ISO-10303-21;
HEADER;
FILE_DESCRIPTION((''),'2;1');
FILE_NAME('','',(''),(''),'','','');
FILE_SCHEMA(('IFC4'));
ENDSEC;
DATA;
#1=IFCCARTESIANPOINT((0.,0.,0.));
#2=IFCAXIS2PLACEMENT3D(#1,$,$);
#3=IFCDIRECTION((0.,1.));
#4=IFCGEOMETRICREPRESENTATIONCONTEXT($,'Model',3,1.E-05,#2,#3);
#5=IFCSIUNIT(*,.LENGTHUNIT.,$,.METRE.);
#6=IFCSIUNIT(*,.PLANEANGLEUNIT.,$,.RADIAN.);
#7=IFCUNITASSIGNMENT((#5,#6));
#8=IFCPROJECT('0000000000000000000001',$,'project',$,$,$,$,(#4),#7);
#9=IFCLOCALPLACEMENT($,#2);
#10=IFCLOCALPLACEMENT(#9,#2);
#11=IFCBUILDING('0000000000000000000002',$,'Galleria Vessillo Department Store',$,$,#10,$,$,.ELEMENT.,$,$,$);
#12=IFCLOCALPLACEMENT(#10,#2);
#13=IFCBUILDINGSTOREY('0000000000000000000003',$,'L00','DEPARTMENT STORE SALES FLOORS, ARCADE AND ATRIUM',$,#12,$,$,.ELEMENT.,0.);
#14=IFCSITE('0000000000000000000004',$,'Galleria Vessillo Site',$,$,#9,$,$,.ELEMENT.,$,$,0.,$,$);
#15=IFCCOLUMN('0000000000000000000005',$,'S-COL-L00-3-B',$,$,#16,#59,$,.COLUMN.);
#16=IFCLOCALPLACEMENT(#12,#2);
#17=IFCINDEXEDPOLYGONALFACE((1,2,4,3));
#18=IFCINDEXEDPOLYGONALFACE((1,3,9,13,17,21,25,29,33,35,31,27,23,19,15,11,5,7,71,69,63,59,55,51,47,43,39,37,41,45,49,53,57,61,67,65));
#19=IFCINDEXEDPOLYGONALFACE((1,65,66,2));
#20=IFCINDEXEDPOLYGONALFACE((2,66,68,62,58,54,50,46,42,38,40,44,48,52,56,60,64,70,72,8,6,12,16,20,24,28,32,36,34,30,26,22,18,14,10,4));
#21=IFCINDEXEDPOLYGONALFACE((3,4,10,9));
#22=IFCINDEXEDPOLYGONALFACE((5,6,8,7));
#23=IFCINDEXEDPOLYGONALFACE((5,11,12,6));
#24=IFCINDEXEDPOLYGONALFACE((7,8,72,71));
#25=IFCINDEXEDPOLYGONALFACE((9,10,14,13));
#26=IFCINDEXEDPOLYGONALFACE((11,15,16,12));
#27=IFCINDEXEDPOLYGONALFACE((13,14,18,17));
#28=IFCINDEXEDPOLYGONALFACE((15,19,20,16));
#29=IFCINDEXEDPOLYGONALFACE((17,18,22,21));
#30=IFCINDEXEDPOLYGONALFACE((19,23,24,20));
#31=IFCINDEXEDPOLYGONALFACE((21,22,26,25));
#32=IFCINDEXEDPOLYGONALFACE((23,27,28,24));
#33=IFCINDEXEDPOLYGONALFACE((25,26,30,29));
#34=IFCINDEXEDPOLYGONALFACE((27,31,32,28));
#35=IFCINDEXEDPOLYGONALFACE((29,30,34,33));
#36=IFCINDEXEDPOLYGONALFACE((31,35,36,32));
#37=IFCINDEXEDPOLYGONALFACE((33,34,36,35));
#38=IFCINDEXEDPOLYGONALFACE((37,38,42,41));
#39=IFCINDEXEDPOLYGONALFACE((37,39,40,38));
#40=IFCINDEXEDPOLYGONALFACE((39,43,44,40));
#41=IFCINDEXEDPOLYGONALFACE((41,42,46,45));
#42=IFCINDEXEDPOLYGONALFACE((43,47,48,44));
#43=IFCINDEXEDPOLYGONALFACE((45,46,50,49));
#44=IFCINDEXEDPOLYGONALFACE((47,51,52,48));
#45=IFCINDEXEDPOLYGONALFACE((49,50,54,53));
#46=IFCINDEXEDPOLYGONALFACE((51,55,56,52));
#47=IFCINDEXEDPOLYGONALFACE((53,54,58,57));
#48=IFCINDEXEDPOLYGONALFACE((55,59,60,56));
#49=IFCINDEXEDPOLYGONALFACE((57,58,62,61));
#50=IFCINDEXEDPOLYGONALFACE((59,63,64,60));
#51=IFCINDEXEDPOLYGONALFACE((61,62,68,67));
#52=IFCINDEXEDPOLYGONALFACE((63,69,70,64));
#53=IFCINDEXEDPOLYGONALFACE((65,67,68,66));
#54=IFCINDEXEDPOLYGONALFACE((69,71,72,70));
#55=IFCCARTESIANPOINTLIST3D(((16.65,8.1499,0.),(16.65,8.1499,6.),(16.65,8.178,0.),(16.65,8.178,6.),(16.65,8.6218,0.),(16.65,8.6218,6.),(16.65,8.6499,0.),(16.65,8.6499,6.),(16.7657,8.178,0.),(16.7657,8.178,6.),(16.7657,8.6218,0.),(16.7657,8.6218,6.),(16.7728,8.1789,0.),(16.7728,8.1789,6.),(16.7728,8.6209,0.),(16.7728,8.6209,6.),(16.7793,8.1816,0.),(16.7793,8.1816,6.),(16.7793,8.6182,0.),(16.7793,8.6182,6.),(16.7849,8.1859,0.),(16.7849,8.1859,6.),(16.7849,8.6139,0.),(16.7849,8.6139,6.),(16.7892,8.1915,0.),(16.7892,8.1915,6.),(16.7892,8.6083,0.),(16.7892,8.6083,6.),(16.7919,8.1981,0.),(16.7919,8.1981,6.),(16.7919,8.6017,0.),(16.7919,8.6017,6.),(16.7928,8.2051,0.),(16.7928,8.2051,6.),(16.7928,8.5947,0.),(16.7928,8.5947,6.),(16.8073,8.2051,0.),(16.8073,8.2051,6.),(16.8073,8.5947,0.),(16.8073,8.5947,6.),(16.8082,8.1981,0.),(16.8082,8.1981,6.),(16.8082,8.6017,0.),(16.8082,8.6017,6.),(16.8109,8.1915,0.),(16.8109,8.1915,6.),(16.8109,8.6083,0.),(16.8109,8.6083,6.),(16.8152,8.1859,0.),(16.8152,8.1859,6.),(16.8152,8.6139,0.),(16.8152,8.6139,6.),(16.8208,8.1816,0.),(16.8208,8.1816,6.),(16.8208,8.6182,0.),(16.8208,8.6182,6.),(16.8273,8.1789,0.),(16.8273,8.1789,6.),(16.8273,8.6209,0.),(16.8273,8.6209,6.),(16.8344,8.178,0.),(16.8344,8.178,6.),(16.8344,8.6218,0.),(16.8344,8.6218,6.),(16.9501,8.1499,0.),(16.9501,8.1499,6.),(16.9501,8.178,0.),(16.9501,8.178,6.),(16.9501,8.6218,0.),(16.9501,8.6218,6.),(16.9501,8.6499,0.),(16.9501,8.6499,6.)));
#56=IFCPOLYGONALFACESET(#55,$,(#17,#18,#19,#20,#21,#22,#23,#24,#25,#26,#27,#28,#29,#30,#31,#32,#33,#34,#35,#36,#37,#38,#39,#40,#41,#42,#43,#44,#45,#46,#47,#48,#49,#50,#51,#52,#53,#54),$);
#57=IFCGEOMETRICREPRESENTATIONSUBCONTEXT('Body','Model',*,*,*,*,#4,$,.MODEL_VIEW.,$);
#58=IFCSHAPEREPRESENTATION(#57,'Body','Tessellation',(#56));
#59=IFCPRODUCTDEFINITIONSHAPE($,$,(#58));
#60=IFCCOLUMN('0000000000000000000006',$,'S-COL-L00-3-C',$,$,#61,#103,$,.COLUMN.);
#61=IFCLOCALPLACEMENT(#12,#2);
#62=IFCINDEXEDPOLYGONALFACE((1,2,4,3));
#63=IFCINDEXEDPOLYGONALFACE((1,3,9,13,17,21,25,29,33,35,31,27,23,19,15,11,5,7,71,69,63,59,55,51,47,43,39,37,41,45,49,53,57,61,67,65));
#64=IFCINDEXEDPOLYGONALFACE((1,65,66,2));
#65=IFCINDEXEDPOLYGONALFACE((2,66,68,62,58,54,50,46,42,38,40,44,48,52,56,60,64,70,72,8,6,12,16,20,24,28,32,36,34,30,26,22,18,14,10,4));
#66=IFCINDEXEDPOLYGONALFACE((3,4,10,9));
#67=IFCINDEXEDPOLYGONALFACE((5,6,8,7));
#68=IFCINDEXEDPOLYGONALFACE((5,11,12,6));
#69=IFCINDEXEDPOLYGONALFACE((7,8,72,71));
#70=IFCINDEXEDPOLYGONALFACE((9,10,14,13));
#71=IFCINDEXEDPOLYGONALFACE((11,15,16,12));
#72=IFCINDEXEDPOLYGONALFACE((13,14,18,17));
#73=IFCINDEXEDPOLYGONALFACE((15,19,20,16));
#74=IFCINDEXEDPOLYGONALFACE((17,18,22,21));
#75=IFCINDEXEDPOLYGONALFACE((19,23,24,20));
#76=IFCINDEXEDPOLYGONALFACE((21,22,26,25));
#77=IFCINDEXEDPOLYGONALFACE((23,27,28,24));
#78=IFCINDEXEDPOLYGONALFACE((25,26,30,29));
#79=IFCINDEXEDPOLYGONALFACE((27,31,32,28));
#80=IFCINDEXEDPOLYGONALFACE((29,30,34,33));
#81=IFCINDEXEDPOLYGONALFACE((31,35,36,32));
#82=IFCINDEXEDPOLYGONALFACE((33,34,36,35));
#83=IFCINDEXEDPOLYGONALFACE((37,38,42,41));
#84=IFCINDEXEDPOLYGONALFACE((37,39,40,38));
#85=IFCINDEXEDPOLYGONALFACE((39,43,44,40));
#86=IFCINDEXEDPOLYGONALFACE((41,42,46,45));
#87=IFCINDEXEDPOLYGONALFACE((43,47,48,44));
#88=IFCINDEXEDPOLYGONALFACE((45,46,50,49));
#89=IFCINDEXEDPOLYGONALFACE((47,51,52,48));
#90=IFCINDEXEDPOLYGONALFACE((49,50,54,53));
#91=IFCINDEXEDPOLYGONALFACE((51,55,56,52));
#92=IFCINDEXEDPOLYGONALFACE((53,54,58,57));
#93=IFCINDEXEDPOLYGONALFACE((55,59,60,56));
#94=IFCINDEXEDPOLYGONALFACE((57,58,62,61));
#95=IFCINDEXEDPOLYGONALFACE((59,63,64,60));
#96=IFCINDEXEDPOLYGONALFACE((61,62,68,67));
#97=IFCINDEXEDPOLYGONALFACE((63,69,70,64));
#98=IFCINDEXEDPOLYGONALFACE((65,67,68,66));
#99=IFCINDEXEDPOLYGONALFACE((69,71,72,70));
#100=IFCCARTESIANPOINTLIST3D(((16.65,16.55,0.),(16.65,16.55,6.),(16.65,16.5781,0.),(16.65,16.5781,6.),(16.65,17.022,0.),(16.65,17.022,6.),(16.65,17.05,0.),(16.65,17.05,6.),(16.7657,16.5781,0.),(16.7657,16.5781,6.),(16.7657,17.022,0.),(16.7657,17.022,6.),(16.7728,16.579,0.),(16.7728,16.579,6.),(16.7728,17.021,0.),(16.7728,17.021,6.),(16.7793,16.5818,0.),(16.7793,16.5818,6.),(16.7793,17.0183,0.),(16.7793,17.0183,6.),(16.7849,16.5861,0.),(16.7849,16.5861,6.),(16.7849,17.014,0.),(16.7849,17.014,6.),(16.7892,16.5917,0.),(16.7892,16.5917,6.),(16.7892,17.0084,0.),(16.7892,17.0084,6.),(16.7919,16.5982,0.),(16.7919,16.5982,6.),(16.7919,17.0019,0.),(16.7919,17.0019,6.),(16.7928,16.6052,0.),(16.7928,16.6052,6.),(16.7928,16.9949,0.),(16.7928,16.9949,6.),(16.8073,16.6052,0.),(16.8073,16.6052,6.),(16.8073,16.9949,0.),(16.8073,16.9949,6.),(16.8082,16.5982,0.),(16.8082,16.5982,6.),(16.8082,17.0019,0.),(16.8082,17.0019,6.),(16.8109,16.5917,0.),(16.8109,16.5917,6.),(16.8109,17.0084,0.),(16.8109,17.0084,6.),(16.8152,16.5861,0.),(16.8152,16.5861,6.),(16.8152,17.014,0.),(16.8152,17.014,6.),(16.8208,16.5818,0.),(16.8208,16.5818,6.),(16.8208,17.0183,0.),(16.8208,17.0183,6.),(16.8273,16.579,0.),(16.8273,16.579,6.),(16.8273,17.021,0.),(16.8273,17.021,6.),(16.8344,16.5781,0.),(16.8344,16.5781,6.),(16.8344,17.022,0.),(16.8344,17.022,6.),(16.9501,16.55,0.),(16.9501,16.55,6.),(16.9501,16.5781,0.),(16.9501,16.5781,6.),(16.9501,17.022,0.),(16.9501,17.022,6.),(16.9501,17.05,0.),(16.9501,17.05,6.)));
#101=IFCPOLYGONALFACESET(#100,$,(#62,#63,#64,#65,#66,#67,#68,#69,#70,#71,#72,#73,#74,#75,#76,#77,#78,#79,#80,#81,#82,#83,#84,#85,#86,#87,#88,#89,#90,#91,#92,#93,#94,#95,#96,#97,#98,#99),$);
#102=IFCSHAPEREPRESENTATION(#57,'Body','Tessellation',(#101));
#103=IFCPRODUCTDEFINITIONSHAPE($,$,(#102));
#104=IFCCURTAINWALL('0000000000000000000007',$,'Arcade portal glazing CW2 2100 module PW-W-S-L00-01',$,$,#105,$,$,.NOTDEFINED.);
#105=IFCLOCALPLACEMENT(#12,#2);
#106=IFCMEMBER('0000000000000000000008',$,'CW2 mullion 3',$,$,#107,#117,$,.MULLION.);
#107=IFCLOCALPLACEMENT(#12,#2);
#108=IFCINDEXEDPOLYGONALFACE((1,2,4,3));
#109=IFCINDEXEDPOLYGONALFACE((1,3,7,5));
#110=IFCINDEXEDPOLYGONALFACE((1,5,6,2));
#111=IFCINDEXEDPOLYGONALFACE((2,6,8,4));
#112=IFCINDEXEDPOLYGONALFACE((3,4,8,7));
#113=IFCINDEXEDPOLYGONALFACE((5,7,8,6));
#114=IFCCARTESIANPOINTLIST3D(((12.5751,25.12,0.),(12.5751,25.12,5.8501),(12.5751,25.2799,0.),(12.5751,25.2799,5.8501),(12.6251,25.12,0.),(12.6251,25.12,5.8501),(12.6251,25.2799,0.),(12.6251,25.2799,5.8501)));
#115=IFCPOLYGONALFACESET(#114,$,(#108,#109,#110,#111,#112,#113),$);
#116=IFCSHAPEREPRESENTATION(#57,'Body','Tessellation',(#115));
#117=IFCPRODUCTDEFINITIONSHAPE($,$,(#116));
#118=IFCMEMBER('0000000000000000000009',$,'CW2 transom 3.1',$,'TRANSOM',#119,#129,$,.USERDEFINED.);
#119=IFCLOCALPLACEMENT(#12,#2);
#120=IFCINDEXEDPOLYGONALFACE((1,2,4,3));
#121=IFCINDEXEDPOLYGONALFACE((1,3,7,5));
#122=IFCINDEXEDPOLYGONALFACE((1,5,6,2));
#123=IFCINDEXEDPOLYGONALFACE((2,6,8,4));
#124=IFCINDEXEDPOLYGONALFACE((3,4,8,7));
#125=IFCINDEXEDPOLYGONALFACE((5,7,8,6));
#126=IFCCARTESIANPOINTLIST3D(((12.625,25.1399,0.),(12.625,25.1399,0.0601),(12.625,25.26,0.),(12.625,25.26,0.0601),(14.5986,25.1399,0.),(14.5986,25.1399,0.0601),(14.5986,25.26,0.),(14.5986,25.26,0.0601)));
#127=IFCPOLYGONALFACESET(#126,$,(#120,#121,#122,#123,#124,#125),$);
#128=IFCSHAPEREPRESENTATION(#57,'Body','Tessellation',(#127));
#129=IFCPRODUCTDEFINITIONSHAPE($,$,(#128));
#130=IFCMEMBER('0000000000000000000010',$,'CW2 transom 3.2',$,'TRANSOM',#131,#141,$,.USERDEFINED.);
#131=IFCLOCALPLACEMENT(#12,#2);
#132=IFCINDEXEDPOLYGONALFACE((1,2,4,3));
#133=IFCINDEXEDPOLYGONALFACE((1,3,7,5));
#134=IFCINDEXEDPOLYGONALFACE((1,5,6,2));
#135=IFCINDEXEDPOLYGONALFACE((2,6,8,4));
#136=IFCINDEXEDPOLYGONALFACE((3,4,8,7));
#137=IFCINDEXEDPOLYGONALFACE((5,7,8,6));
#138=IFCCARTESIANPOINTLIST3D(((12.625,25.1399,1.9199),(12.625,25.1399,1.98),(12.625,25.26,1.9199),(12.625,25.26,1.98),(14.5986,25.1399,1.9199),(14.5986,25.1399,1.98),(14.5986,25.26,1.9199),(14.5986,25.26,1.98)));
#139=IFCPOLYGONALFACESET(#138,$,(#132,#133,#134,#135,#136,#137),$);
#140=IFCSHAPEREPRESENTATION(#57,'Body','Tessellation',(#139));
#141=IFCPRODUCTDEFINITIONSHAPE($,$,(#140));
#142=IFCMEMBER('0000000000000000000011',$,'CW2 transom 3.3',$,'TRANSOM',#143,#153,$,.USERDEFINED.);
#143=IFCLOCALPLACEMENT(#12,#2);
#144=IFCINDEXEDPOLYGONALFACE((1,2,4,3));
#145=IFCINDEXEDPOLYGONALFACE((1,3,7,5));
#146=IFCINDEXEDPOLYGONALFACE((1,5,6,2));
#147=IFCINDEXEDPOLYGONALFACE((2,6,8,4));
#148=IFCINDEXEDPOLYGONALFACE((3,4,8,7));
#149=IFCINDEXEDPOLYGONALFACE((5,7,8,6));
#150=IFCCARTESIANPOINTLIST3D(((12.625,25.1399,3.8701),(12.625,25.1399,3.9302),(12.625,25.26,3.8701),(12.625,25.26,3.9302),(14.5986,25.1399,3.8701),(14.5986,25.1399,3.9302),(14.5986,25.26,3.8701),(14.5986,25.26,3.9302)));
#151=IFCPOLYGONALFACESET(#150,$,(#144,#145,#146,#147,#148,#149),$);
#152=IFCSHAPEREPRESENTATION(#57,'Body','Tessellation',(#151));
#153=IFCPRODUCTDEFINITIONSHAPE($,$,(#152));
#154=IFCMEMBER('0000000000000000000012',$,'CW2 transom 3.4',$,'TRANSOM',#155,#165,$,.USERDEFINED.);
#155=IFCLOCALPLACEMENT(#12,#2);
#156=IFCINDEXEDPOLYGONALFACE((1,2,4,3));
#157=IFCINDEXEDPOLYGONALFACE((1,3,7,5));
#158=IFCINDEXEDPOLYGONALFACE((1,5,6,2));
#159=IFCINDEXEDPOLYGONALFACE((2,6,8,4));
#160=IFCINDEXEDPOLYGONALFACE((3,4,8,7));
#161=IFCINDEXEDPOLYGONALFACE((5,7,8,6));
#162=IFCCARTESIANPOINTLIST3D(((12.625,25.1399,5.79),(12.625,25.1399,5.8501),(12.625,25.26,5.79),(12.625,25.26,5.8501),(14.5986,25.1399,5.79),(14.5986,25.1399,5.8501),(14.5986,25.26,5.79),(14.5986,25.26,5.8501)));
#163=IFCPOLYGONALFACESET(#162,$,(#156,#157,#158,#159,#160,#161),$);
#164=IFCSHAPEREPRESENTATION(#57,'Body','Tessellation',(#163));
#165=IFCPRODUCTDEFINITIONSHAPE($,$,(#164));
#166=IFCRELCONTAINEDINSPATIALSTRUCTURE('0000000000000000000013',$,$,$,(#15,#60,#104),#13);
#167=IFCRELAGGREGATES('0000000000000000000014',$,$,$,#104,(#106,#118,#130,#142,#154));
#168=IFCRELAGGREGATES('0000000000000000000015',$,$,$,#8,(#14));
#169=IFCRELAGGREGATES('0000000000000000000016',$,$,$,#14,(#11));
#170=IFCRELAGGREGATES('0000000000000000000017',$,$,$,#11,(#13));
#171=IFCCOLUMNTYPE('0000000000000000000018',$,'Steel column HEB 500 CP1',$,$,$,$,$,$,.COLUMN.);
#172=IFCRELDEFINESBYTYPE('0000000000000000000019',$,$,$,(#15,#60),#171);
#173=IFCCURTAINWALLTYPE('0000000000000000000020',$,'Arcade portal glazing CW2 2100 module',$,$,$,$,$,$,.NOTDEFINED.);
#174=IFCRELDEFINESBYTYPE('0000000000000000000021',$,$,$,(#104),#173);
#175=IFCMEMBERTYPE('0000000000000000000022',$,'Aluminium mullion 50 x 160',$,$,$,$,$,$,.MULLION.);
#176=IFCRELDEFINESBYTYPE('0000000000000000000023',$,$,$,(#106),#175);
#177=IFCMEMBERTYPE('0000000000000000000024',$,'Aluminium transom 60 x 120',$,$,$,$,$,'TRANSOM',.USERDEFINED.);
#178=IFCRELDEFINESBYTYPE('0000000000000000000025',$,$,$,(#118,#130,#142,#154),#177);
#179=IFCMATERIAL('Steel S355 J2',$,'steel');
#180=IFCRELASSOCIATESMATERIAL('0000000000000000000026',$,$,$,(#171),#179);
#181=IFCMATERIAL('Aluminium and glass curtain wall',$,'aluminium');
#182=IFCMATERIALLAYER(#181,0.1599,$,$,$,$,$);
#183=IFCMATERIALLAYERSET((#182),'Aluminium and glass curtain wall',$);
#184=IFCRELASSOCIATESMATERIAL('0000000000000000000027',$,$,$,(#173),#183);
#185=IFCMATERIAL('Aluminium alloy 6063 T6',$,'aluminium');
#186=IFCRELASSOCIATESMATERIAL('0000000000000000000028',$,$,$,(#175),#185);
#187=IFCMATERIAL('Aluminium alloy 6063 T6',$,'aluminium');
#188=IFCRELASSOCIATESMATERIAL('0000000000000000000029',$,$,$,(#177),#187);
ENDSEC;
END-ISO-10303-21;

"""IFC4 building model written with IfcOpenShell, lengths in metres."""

from ifc_helpers import new_model, si_unit, direction, frame, origin, origin_2d, place, context, subcontext, project, spatial, rectangle, i_section, extrude, material, layer, layer_set, material_profile, profile_set, type_object, element, aggregate, save


model = new_model("IFC4")

# Units and contexts
model_context = context("Model", 3, precision=1e-05, world=origin(), true_north=direction((0.0, 1.0)))
body_context = subcontext(model_context, "Body", "Model", "MODEL_VIEW")
ifc_project = project(units=[si_unit("LENGTHUNIT", "METRE"), si_unit("PLANEANGLEUNIT", "RADIAN")], contexts=[model_context])

# Site, building, storey
site_placement = place(None, origin())
site = spatial("IfcSite", under=ifc_project, at=site_placement, Name="Galleria Vessillo Site", CompositionType="ELEMENT", RefElevation=0.0)
building_placement = place(site_placement, origin())
building = spatial("IfcBuilding", under=site, at=building_placement, Name="Galleria Vessillo Department Store", CompositionType="ELEMENT")
storey_placement = place(building_placement, origin())
storey = spatial("IfcBuildingStorey", under=building, at=storey_placement, Name="L00", Description="DEPARTMENT STORE SALES FLOORS, ARCADE AND ATRIUM", CompositionType="ELEMENT", Elevation=0.0)

# Columns
ifc_material_1 = material(Name="Steel S355 J2", Category="steel")
ifc_material_profile_1 = material_profile(ifc_material_1, i_section(OverallWidth=0.3, OverallDepth=0.5, WebThickness=0.0144, FlangeThickness=0.0281, FilletRadius=0.0271, at=origin_2d()), Name="HEB 500")
ifc_profile_set_1 = profile_set([ifc_material_profile_1], Name="Steel S355 J2")
column_type = type_object("IfcColumnType", Name="Steel column HEB 500 CP1", PredefinedType="COLUMN", material=ifc_profile_set_1)
for number, where, z_axis, x_axis, name in (
    (1, (16.8, 8.3999, 0.0), (0.0, 0.0, 1.0), (1.0, 0.0, 0.0), "S-COL-L00-3-B"),
    (2, (16.8, 16.8, 0.0), (0.0, 0.0, 1.0), (1.0, 0.0, 0.0), "S-COL-L00-3-C"),
):
    element("IfcColumn", number, at=place(storey_placement, frame(where, z_axis=z_axis, x_axis=x_axis)), inside=storey, type_object=column_type, Name=name, PredefinedType="COLUMN", context=body_context, shape_type="SweptSolid", body=[
        extrude(i_section(OverallWidth=0.3, OverallDepth=0.5, WebThickness=0.0144, FlangeThickness=0.0281, FilletRadius=0.0271, at=origin_2d()), origin(), (0.0, 0.0, 1.0), 6.0),
    ])

# Curtain wall, members
ifc_material_2 = material(Name="Aluminium and glass curtain wall", Category="aluminium")
ifc_layer_1 = layer(ifc_material_2, 0.1599)
ifc_layer_set_1 = layer_set([ifc_layer_1], Name="Aluminium and glass curtain wall")
curtain_wall_type = type_object("IfcCurtainWallType", Name="Arcade portal glazing CW2 2100 module", PredefinedType="NOTDEFINED", material=ifc_layer_set_1)
curtain_wall_placement = place(storey_placement, origin())
curtain_wall = element("IfcCurtainWall", 3, at=curtain_wall_placement, inside=storey, type_object=curtain_wall_type, Name="Arcade portal glazing CW2 2100 module PW-W-S-L00-01", PredefinedType="NOTDEFINED")
ifc_material_3 = material(Name="Aluminium alloy 6063 T6", Category="aluminium")
ifc_material_profile_2 = material_profile(ifc_material_3, rectangle(XDim=0.1599, YDim=0.05, at=origin_2d()), Name="AL 50x160")
ifc_profile_set_2 = profile_set([ifc_material_profile_2], Name="Aluminium alloy 6063 T6")
member_type_1 = type_object("IfcMemberType", Name="Aluminium mullion 50 x 160", PredefinedType="MULLION", material=ifc_profile_set_2)
member_1_placement = place(storey_placement, frame((12.6001, 25.2, 0.0), z_axis=(0.0, 0.0, 1.0), x_axis=(0.0, 1.0, 0.0)))
member_1 = element("IfcMember", 4, at=member_1_placement, type_object=member_type_1, Name="CW2 mullion 3", PredefinedType="MULLION", context=body_context, shape_type="SweptSolid", body=[
    extrude(rectangle(XDim=0.1599, YDim=0.05, at=origin_2d()), origin(), (0.0, 0.0, 1.0), 5.8501),
])
ifc_material_4 = material(Name="Aluminium alloy 6063 T6", Category="aluminium")
ifc_material_profile_3 = material_profile(ifc_material_4, rectangle(XDim=0.1201, YDim=0.0601, at=origin_2d()), Name="AL 60x120")
ifc_profile_set_3 = profile_set([ifc_material_profile_3], Name="Aluminium alloy 6063 T6")
member_type_2 = type_object("IfcMemberType", Name="Aluminium transom 60 x 120", ElementType="TRANSOM", PredefinedType="USERDEFINED", material=ifc_profile_set_3)
member_2_placement = place(storey_placement, frame((12.625, 25.2, 0.03), z_axis=(1.0, 0.0, 0.0), x_axis=(0.0, 1.0, 0.0)))
member_2 = element("IfcMember", 5, at=member_2_placement, type_object=member_type_2, Name="CW2 transom 3.1", ObjectType="TRANSOM", PredefinedType="USERDEFINED", context=body_context, shape_type="SweptSolid", body=[
    extrude(rectangle(XDim=0.1201, YDim=0.0601, at=origin_2d()), origin(), (0.0, 0.0, 1.0), 1.9736),
])
member_3_placement = place(storey_placement, frame((12.625, 25.2, 1.95), z_axis=(1.0, 0.0, 0.0), x_axis=(0.0, 1.0, 0.0)))
member_3 = element("IfcMember", 6, at=member_3_placement, type_object=member_type_2, Name="CW2 transom 3.2", ObjectType="TRANSOM", PredefinedType="USERDEFINED", context=body_context, shape_type="SweptSolid", body=[
    extrude(rectangle(XDim=0.1201, YDim=0.0601, at=origin_2d()), origin(), (0.0, 0.0, 1.0), 1.9736),
])
member_4_placement = place(storey_placement, frame((12.625, 25.2, 3.9001), z_axis=(1.0, 0.0, 0.0), x_axis=(0.0, 1.0, 0.0)))
member_4 = element("IfcMember", 7, at=member_4_placement, type_object=member_type_2, Name="CW2 transom 3.3", ObjectType="TRANSOM", PredefinedType="USERDEFINED", context=body_context, shape_type="SweptSolid", body=[
    extrude(rectangle(XDim=0.1201, YDim=0.0601, at=origin_2d()), origin(), (0.0, 0.0, 1.0), 1.9736),
])
member_5_placement = place(storey_placement, frame((12.625, 25.2, 5.8201), z_axis=(1.0, 0.0, 0.0), x_axis=(0.0, 1.0, 0.0)))
member_5 = element("IfcMember", 8, at=member_5_placement, type_object=member_type_2, Name="CW2 transom 3.4", ObjectType="TRANSOM", PredefinedType="USERDEFINED", context=body_context, shape_type="SweptSolid", body=[
    extrude(rectangle(XDim=0.1201, YDim=0.0601, at=origin_2d()), origin(), (0.0, 0.0, 1.0), 1.9736),
])

aggregate(curtain_wall, [member_1, member_2, member_3, member_4, member_5])

save(model, "model.ifc")
